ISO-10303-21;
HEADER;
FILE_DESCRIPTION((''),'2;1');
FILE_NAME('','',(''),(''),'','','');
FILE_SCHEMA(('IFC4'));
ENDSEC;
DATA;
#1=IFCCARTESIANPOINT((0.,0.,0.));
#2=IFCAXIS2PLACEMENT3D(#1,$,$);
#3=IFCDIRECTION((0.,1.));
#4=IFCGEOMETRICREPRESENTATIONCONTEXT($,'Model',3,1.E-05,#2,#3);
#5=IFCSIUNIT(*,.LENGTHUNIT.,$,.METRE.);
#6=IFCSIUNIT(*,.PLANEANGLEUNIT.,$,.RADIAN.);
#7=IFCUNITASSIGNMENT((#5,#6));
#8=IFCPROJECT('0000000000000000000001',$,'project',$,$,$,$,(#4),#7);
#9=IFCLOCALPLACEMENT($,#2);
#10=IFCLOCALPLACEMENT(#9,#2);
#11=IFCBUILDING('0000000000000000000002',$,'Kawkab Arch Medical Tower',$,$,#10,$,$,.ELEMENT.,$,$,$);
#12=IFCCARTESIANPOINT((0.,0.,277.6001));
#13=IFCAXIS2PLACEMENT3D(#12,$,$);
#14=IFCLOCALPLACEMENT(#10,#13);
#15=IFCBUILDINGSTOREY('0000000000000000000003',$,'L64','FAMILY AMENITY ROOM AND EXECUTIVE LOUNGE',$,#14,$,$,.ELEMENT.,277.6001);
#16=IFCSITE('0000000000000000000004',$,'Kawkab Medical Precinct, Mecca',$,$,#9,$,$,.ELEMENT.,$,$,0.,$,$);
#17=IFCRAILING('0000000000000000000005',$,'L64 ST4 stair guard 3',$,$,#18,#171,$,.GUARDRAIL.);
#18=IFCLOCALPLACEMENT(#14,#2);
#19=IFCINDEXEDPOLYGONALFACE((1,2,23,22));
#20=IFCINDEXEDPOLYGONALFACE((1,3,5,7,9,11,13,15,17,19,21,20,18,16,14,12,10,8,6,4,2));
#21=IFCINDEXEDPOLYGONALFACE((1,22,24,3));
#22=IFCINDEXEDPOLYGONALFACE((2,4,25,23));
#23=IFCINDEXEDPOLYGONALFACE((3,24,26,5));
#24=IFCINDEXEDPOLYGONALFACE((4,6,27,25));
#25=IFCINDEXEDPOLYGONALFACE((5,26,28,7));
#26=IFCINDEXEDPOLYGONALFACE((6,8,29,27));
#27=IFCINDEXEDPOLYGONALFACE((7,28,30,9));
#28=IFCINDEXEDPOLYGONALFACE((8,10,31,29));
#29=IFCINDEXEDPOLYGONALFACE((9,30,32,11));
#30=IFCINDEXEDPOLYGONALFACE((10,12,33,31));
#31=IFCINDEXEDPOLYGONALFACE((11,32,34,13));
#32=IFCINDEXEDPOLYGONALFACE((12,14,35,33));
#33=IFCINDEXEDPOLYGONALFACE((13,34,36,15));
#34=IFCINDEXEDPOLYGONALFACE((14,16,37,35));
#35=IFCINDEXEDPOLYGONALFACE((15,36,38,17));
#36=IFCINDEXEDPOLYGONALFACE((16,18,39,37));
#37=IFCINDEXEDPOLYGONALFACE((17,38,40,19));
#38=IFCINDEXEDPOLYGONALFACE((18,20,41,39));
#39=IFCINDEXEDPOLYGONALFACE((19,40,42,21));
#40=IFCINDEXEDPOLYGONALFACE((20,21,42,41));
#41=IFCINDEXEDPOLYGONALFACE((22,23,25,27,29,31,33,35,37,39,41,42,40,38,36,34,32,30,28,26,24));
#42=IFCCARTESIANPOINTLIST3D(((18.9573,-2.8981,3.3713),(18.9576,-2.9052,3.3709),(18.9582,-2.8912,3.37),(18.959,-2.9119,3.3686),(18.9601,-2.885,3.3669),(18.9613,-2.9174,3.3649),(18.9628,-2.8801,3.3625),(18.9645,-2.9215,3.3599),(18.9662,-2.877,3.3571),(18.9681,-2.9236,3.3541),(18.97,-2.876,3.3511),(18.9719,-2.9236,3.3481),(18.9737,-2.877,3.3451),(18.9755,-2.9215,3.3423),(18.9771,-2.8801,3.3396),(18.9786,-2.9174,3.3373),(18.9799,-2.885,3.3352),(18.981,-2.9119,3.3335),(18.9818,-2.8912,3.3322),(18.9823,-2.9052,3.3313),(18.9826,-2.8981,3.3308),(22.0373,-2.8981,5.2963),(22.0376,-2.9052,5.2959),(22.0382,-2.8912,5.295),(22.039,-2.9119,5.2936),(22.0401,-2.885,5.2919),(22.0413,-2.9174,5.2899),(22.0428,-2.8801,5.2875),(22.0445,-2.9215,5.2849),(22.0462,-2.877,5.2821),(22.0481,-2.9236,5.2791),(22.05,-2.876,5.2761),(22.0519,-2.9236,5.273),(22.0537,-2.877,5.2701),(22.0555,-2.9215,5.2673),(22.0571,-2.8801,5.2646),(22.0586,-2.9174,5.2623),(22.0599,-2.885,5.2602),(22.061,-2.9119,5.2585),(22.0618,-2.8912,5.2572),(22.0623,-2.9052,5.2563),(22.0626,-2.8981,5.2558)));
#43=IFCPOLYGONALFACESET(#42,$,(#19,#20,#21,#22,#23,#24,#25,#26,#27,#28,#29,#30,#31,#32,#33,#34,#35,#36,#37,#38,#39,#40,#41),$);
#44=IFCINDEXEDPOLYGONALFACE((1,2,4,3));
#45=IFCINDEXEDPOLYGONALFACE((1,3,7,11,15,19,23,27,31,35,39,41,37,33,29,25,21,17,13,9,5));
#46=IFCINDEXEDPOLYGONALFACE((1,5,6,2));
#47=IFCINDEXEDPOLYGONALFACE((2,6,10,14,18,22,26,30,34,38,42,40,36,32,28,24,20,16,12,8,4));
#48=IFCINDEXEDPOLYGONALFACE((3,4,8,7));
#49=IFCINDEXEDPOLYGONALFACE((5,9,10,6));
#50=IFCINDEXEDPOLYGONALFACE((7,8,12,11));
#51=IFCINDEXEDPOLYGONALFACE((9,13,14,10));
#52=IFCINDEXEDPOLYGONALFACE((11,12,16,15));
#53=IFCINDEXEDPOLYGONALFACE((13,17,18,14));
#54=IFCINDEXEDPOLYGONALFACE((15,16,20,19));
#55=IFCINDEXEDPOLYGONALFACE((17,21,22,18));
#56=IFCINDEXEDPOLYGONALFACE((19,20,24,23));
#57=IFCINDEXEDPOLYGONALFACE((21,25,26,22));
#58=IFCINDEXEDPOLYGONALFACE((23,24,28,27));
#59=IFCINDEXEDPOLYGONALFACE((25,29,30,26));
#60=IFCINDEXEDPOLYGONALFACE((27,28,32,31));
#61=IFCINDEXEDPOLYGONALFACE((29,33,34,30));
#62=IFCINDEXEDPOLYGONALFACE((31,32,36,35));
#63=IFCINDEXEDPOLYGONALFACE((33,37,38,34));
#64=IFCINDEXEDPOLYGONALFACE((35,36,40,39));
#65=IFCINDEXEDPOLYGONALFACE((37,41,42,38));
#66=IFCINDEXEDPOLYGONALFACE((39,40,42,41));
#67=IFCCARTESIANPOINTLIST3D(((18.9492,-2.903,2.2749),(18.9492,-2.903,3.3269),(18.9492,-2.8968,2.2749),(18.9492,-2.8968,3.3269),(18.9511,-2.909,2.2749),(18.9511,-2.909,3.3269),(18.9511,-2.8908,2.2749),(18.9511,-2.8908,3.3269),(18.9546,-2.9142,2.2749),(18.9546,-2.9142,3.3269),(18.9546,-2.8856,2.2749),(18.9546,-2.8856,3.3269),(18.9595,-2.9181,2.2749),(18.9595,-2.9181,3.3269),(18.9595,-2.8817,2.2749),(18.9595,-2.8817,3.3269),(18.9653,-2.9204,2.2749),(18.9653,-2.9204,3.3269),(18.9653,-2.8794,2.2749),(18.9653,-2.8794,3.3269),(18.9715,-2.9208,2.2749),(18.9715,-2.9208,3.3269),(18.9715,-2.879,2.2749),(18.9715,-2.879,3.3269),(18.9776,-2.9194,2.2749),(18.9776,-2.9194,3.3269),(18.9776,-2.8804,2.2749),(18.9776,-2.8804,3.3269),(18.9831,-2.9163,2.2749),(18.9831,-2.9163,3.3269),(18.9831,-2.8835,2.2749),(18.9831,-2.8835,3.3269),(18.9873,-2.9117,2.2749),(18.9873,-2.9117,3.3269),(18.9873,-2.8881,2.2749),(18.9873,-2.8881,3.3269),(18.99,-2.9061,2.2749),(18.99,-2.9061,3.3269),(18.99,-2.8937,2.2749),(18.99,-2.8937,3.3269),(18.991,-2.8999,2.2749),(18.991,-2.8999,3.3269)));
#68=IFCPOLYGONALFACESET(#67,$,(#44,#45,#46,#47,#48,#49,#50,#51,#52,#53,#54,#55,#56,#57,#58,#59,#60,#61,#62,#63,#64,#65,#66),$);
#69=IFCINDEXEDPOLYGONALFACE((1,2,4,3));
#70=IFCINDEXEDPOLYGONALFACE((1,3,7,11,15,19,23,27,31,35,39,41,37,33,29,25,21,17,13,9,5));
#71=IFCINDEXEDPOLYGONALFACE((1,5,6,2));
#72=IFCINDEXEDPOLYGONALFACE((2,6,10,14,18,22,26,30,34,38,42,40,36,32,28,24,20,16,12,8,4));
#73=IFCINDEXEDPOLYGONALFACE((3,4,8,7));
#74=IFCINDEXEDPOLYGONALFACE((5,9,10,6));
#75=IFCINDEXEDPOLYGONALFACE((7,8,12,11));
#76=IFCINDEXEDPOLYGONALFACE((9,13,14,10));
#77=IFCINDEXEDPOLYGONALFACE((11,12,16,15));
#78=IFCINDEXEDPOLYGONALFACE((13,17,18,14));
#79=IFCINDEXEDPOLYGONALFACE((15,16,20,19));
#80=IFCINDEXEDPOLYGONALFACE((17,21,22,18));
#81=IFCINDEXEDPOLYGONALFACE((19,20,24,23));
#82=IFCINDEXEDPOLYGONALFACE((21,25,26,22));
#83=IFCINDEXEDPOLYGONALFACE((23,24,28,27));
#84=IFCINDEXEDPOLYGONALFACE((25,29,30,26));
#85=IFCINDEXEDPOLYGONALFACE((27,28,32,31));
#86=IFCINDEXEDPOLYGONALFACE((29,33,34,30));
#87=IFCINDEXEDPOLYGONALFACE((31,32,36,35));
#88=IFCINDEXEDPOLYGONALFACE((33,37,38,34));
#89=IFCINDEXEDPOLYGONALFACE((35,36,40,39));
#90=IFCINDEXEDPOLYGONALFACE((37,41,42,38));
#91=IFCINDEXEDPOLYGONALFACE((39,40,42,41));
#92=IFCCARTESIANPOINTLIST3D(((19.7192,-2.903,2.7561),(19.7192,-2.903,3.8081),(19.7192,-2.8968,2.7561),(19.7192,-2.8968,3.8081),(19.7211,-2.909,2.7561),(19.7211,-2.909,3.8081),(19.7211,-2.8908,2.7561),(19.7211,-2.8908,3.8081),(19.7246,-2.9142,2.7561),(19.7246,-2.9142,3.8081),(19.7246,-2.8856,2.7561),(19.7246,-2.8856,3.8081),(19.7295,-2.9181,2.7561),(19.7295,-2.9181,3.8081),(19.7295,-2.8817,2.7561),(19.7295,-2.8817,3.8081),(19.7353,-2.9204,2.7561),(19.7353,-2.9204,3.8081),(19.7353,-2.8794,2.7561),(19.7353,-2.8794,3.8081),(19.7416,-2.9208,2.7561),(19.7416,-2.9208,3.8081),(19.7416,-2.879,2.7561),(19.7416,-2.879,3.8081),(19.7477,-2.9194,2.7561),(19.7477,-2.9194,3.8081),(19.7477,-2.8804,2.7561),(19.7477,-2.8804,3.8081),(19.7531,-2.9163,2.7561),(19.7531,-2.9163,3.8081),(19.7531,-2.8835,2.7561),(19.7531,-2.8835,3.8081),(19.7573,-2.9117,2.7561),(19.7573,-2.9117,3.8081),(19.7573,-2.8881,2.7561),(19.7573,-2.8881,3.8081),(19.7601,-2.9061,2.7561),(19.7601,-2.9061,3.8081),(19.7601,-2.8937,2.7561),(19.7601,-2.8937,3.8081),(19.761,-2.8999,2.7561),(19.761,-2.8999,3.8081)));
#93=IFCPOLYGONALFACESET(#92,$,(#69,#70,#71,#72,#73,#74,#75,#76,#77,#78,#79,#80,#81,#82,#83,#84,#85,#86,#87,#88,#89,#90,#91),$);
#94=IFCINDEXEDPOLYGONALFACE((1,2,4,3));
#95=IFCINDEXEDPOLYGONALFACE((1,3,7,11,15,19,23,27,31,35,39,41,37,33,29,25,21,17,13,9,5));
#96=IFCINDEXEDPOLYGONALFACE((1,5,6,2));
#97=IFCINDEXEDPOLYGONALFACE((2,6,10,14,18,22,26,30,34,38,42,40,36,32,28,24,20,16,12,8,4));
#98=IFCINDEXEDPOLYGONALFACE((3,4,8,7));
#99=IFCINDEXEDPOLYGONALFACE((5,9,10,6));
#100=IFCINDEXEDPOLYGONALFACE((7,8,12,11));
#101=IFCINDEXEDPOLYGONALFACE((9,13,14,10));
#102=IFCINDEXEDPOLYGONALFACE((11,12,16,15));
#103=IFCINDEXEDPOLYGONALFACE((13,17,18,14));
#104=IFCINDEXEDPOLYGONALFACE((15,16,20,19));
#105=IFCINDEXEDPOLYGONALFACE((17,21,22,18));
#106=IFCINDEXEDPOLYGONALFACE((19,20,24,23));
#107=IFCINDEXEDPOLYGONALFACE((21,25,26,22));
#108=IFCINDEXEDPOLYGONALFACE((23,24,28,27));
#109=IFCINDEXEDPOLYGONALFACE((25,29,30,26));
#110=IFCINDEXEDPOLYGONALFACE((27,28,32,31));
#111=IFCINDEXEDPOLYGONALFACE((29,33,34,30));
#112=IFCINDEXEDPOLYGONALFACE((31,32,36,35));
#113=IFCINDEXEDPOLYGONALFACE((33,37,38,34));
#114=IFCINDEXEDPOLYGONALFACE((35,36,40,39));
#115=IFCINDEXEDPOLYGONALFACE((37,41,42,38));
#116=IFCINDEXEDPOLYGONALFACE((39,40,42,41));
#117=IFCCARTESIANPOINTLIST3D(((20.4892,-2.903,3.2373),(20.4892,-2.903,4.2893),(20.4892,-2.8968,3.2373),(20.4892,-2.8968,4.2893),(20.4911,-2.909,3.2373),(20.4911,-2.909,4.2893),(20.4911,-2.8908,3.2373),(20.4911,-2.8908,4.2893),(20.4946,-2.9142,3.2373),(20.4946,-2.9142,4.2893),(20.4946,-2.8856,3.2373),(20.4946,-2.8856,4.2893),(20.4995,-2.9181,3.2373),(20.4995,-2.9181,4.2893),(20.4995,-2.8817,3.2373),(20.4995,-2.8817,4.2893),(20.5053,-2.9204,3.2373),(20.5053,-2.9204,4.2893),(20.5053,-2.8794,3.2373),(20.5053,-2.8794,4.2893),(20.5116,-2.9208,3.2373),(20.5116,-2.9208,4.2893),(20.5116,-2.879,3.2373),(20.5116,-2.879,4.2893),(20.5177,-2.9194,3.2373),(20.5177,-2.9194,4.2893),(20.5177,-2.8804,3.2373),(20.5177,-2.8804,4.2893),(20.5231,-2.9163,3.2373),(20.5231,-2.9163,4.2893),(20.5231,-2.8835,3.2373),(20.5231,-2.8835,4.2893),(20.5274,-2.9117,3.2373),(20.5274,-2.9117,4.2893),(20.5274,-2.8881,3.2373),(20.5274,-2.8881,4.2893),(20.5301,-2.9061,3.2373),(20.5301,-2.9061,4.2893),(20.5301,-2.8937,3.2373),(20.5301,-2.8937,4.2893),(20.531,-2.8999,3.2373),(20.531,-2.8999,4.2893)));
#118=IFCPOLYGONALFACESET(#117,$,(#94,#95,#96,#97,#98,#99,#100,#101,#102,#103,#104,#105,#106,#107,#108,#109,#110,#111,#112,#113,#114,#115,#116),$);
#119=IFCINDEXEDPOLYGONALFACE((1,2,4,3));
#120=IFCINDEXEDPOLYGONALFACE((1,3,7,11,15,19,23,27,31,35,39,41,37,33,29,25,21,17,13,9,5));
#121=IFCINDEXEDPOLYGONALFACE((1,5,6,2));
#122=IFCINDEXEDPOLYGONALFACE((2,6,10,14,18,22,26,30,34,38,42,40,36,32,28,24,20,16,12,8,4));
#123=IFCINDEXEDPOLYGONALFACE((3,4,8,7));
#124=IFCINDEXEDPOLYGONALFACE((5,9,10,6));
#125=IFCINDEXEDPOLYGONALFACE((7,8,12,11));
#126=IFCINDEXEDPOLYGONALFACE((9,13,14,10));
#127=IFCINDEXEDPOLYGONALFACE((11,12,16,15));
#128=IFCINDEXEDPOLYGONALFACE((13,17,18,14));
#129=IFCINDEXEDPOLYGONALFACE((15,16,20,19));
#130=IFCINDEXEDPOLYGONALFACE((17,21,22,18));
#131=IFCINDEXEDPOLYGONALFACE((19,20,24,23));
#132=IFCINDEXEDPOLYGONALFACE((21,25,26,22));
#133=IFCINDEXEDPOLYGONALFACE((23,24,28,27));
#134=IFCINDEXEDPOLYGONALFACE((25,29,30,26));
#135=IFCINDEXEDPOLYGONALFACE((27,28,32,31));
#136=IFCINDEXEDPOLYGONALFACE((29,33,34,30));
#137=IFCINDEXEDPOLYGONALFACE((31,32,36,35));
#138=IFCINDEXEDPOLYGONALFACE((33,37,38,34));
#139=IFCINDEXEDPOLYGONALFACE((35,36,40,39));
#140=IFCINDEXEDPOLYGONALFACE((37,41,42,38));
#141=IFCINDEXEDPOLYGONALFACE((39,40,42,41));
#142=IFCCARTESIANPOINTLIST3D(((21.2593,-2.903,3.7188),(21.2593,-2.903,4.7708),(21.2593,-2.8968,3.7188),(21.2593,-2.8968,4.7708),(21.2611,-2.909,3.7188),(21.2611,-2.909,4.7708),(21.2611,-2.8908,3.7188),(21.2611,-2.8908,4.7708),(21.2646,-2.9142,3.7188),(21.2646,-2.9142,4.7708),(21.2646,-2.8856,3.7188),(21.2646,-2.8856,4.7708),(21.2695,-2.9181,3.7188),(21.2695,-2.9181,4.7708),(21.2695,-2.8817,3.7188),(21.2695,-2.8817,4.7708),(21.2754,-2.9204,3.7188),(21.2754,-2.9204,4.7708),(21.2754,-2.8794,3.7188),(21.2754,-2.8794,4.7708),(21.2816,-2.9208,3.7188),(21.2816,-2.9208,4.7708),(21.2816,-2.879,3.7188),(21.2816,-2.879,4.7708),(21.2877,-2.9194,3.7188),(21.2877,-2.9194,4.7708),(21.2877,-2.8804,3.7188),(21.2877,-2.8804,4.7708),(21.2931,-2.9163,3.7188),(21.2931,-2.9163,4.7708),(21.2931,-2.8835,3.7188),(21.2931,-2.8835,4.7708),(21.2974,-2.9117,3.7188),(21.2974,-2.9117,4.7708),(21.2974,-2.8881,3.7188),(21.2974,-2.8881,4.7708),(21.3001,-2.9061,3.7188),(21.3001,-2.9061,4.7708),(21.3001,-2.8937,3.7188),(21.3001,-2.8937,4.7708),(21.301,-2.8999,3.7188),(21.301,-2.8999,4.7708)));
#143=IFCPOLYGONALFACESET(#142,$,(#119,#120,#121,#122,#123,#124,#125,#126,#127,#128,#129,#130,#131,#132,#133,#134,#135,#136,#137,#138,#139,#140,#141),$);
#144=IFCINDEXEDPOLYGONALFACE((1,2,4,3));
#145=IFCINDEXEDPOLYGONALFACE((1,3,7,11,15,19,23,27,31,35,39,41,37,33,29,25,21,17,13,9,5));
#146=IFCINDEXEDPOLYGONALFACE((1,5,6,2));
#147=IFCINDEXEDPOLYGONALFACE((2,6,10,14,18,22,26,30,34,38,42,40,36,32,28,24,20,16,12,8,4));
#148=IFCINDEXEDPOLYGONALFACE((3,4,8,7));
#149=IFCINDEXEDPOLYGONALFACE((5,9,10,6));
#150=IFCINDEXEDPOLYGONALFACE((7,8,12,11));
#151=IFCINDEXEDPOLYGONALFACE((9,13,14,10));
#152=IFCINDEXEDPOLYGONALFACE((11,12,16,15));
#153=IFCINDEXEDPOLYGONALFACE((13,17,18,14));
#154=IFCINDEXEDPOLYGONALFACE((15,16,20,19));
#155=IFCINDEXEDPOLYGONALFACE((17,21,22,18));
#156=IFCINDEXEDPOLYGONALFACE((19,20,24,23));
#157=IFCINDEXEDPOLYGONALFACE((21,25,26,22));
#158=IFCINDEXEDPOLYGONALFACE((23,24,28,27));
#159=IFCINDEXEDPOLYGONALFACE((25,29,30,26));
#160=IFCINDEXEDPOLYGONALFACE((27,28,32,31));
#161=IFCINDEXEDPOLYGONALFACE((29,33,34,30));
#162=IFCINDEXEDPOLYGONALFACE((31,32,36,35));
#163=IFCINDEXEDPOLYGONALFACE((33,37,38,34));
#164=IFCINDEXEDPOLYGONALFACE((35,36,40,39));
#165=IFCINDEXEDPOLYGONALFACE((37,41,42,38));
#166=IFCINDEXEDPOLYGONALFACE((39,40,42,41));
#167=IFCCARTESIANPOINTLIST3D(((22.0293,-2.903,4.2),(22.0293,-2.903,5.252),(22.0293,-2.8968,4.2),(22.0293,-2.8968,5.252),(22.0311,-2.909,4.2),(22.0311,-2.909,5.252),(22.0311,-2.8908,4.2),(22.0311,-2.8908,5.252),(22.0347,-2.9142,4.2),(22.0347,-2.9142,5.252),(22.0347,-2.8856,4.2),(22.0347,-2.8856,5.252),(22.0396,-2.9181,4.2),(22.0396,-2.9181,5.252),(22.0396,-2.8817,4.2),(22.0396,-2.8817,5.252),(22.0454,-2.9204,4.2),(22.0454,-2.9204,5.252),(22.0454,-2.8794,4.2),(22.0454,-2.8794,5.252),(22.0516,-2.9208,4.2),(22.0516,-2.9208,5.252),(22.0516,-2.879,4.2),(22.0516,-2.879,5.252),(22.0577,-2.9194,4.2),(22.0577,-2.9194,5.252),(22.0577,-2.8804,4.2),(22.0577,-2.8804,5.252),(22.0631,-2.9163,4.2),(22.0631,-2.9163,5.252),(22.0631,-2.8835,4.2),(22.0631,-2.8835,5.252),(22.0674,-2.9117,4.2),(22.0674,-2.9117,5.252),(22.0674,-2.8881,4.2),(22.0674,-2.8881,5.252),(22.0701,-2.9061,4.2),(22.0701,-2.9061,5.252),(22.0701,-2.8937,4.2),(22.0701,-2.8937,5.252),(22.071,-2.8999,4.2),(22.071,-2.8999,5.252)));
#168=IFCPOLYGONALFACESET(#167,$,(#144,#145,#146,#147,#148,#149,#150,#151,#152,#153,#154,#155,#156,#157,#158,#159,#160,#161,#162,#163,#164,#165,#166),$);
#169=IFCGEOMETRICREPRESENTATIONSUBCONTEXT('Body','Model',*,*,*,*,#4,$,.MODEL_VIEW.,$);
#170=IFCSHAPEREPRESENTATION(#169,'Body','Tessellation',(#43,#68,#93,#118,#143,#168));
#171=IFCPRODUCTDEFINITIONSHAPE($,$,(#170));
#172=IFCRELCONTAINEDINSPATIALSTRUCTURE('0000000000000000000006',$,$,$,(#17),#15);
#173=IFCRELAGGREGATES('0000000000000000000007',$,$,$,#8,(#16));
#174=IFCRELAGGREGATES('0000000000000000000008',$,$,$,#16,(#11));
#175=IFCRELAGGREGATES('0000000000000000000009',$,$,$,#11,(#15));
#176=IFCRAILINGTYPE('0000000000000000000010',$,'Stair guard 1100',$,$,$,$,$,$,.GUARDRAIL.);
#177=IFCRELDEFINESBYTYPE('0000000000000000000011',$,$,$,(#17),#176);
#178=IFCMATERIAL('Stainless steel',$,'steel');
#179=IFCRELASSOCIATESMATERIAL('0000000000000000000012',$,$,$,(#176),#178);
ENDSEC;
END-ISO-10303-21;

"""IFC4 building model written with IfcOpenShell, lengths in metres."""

from ifc_helpers import new_model, si_unit, direction, frame, origin, origin_2d, place, context, subcontext, project, spatial, circle, extrude, material, type_object, element, save


model = new_model("IFC4")

# Units and contexts
model_context = context("Model", 3, precision=1e-05, world=origin(), true_north=direction((0.0, 1.0)))
body_context = subcontext(model_context, "Body", "Model", "MODEL_VIEW")
ifc_project = project(units=[si_unit("LENGTHUNIT", "METRE"), si_unit("PLANEANGLEUNIT", "RADIAN")], contexts=[model_context])

# Site, building, storey
site_placement = place(None, origin())
site = spatial("IfcSite", under=ifc_project, at=site_placement, Name="Kawkab Medical Precinct, Mecca", CompositionType="ELEMENT", RefElevation=0.0)
building_placement = place(site_placement, origin())
building = spatial("IfcBuilding", under=site, at=building_placement, Name="Kawkab Arch Medical Tower", CompositionType="ELEMENT")
storey_placement = place(building_placement, frame((0.0, 0.0, 277.6001)))
storey = spatial("IfcBuildingStorey", under=building, at=storey_placement, Name="L64", Description="FAMILY AMENITY ROOM AND EXECUTIVE LOUNGE", CompositionType="ELEMENT", Elevation=277.6001)

# Railing
ifc_material_1 = material(Name="Stainless steel", Category="steel")
railing_type = type_object("IfcRailingType", Name="Stair guard 1100", PredefinedType="GUARDRAIL", material=ifc_material_1)
railing_1_placement = place(storey_placement, frame((18.97, -2.8999, 2.2749)))
element("IfcRailing", 1, at=railing_1_placement, inside=storey, type_object=railing_type, Name="L64 ST4 stair guard 3", PredefinedType="GUARDRAIL", context=body_context, shape_type="SweptSolid", body=[
    extrude(circle(Radius=0.0239, at=origin_2d()), frame((0.0, 0.0, 1.0762), z_axis=(0.847998, 0.0, 0.529999), x_axis=(0.0, 1.0, 0.0)), (0.0, 0.0, 1.0), 3.6321),
    extrude(circle(Radius=0.021, at=origin_2d()), origin(), (0.0, 0.0, 1.0), 1.052),
    extrude(circle(Radius=0.021, at=origin_2d()), frame((0.77, 0.0, 0.4812)), (0.0, 0.0, 1.0), 1.052),
    extrude(circle(Radius=0.021, at=origin_2d()), frame((1.54, 0.0, 0.9624)), (0.0, 0.0, 1.0), 1.052),
    extrude(circle(Radius=0.021, at=origin_2d()), frame((2.3101, 0.0, 1.4438)), (0.0, 0.0, 1.0), 1.052),
    extrude(circle(Radius=0.021, at=origin_2d()), frame((3.0801, 0.0, 1.925)), (0.0, 0.0, 1.0), 1.052),
])

save(model, "model.ifc")
